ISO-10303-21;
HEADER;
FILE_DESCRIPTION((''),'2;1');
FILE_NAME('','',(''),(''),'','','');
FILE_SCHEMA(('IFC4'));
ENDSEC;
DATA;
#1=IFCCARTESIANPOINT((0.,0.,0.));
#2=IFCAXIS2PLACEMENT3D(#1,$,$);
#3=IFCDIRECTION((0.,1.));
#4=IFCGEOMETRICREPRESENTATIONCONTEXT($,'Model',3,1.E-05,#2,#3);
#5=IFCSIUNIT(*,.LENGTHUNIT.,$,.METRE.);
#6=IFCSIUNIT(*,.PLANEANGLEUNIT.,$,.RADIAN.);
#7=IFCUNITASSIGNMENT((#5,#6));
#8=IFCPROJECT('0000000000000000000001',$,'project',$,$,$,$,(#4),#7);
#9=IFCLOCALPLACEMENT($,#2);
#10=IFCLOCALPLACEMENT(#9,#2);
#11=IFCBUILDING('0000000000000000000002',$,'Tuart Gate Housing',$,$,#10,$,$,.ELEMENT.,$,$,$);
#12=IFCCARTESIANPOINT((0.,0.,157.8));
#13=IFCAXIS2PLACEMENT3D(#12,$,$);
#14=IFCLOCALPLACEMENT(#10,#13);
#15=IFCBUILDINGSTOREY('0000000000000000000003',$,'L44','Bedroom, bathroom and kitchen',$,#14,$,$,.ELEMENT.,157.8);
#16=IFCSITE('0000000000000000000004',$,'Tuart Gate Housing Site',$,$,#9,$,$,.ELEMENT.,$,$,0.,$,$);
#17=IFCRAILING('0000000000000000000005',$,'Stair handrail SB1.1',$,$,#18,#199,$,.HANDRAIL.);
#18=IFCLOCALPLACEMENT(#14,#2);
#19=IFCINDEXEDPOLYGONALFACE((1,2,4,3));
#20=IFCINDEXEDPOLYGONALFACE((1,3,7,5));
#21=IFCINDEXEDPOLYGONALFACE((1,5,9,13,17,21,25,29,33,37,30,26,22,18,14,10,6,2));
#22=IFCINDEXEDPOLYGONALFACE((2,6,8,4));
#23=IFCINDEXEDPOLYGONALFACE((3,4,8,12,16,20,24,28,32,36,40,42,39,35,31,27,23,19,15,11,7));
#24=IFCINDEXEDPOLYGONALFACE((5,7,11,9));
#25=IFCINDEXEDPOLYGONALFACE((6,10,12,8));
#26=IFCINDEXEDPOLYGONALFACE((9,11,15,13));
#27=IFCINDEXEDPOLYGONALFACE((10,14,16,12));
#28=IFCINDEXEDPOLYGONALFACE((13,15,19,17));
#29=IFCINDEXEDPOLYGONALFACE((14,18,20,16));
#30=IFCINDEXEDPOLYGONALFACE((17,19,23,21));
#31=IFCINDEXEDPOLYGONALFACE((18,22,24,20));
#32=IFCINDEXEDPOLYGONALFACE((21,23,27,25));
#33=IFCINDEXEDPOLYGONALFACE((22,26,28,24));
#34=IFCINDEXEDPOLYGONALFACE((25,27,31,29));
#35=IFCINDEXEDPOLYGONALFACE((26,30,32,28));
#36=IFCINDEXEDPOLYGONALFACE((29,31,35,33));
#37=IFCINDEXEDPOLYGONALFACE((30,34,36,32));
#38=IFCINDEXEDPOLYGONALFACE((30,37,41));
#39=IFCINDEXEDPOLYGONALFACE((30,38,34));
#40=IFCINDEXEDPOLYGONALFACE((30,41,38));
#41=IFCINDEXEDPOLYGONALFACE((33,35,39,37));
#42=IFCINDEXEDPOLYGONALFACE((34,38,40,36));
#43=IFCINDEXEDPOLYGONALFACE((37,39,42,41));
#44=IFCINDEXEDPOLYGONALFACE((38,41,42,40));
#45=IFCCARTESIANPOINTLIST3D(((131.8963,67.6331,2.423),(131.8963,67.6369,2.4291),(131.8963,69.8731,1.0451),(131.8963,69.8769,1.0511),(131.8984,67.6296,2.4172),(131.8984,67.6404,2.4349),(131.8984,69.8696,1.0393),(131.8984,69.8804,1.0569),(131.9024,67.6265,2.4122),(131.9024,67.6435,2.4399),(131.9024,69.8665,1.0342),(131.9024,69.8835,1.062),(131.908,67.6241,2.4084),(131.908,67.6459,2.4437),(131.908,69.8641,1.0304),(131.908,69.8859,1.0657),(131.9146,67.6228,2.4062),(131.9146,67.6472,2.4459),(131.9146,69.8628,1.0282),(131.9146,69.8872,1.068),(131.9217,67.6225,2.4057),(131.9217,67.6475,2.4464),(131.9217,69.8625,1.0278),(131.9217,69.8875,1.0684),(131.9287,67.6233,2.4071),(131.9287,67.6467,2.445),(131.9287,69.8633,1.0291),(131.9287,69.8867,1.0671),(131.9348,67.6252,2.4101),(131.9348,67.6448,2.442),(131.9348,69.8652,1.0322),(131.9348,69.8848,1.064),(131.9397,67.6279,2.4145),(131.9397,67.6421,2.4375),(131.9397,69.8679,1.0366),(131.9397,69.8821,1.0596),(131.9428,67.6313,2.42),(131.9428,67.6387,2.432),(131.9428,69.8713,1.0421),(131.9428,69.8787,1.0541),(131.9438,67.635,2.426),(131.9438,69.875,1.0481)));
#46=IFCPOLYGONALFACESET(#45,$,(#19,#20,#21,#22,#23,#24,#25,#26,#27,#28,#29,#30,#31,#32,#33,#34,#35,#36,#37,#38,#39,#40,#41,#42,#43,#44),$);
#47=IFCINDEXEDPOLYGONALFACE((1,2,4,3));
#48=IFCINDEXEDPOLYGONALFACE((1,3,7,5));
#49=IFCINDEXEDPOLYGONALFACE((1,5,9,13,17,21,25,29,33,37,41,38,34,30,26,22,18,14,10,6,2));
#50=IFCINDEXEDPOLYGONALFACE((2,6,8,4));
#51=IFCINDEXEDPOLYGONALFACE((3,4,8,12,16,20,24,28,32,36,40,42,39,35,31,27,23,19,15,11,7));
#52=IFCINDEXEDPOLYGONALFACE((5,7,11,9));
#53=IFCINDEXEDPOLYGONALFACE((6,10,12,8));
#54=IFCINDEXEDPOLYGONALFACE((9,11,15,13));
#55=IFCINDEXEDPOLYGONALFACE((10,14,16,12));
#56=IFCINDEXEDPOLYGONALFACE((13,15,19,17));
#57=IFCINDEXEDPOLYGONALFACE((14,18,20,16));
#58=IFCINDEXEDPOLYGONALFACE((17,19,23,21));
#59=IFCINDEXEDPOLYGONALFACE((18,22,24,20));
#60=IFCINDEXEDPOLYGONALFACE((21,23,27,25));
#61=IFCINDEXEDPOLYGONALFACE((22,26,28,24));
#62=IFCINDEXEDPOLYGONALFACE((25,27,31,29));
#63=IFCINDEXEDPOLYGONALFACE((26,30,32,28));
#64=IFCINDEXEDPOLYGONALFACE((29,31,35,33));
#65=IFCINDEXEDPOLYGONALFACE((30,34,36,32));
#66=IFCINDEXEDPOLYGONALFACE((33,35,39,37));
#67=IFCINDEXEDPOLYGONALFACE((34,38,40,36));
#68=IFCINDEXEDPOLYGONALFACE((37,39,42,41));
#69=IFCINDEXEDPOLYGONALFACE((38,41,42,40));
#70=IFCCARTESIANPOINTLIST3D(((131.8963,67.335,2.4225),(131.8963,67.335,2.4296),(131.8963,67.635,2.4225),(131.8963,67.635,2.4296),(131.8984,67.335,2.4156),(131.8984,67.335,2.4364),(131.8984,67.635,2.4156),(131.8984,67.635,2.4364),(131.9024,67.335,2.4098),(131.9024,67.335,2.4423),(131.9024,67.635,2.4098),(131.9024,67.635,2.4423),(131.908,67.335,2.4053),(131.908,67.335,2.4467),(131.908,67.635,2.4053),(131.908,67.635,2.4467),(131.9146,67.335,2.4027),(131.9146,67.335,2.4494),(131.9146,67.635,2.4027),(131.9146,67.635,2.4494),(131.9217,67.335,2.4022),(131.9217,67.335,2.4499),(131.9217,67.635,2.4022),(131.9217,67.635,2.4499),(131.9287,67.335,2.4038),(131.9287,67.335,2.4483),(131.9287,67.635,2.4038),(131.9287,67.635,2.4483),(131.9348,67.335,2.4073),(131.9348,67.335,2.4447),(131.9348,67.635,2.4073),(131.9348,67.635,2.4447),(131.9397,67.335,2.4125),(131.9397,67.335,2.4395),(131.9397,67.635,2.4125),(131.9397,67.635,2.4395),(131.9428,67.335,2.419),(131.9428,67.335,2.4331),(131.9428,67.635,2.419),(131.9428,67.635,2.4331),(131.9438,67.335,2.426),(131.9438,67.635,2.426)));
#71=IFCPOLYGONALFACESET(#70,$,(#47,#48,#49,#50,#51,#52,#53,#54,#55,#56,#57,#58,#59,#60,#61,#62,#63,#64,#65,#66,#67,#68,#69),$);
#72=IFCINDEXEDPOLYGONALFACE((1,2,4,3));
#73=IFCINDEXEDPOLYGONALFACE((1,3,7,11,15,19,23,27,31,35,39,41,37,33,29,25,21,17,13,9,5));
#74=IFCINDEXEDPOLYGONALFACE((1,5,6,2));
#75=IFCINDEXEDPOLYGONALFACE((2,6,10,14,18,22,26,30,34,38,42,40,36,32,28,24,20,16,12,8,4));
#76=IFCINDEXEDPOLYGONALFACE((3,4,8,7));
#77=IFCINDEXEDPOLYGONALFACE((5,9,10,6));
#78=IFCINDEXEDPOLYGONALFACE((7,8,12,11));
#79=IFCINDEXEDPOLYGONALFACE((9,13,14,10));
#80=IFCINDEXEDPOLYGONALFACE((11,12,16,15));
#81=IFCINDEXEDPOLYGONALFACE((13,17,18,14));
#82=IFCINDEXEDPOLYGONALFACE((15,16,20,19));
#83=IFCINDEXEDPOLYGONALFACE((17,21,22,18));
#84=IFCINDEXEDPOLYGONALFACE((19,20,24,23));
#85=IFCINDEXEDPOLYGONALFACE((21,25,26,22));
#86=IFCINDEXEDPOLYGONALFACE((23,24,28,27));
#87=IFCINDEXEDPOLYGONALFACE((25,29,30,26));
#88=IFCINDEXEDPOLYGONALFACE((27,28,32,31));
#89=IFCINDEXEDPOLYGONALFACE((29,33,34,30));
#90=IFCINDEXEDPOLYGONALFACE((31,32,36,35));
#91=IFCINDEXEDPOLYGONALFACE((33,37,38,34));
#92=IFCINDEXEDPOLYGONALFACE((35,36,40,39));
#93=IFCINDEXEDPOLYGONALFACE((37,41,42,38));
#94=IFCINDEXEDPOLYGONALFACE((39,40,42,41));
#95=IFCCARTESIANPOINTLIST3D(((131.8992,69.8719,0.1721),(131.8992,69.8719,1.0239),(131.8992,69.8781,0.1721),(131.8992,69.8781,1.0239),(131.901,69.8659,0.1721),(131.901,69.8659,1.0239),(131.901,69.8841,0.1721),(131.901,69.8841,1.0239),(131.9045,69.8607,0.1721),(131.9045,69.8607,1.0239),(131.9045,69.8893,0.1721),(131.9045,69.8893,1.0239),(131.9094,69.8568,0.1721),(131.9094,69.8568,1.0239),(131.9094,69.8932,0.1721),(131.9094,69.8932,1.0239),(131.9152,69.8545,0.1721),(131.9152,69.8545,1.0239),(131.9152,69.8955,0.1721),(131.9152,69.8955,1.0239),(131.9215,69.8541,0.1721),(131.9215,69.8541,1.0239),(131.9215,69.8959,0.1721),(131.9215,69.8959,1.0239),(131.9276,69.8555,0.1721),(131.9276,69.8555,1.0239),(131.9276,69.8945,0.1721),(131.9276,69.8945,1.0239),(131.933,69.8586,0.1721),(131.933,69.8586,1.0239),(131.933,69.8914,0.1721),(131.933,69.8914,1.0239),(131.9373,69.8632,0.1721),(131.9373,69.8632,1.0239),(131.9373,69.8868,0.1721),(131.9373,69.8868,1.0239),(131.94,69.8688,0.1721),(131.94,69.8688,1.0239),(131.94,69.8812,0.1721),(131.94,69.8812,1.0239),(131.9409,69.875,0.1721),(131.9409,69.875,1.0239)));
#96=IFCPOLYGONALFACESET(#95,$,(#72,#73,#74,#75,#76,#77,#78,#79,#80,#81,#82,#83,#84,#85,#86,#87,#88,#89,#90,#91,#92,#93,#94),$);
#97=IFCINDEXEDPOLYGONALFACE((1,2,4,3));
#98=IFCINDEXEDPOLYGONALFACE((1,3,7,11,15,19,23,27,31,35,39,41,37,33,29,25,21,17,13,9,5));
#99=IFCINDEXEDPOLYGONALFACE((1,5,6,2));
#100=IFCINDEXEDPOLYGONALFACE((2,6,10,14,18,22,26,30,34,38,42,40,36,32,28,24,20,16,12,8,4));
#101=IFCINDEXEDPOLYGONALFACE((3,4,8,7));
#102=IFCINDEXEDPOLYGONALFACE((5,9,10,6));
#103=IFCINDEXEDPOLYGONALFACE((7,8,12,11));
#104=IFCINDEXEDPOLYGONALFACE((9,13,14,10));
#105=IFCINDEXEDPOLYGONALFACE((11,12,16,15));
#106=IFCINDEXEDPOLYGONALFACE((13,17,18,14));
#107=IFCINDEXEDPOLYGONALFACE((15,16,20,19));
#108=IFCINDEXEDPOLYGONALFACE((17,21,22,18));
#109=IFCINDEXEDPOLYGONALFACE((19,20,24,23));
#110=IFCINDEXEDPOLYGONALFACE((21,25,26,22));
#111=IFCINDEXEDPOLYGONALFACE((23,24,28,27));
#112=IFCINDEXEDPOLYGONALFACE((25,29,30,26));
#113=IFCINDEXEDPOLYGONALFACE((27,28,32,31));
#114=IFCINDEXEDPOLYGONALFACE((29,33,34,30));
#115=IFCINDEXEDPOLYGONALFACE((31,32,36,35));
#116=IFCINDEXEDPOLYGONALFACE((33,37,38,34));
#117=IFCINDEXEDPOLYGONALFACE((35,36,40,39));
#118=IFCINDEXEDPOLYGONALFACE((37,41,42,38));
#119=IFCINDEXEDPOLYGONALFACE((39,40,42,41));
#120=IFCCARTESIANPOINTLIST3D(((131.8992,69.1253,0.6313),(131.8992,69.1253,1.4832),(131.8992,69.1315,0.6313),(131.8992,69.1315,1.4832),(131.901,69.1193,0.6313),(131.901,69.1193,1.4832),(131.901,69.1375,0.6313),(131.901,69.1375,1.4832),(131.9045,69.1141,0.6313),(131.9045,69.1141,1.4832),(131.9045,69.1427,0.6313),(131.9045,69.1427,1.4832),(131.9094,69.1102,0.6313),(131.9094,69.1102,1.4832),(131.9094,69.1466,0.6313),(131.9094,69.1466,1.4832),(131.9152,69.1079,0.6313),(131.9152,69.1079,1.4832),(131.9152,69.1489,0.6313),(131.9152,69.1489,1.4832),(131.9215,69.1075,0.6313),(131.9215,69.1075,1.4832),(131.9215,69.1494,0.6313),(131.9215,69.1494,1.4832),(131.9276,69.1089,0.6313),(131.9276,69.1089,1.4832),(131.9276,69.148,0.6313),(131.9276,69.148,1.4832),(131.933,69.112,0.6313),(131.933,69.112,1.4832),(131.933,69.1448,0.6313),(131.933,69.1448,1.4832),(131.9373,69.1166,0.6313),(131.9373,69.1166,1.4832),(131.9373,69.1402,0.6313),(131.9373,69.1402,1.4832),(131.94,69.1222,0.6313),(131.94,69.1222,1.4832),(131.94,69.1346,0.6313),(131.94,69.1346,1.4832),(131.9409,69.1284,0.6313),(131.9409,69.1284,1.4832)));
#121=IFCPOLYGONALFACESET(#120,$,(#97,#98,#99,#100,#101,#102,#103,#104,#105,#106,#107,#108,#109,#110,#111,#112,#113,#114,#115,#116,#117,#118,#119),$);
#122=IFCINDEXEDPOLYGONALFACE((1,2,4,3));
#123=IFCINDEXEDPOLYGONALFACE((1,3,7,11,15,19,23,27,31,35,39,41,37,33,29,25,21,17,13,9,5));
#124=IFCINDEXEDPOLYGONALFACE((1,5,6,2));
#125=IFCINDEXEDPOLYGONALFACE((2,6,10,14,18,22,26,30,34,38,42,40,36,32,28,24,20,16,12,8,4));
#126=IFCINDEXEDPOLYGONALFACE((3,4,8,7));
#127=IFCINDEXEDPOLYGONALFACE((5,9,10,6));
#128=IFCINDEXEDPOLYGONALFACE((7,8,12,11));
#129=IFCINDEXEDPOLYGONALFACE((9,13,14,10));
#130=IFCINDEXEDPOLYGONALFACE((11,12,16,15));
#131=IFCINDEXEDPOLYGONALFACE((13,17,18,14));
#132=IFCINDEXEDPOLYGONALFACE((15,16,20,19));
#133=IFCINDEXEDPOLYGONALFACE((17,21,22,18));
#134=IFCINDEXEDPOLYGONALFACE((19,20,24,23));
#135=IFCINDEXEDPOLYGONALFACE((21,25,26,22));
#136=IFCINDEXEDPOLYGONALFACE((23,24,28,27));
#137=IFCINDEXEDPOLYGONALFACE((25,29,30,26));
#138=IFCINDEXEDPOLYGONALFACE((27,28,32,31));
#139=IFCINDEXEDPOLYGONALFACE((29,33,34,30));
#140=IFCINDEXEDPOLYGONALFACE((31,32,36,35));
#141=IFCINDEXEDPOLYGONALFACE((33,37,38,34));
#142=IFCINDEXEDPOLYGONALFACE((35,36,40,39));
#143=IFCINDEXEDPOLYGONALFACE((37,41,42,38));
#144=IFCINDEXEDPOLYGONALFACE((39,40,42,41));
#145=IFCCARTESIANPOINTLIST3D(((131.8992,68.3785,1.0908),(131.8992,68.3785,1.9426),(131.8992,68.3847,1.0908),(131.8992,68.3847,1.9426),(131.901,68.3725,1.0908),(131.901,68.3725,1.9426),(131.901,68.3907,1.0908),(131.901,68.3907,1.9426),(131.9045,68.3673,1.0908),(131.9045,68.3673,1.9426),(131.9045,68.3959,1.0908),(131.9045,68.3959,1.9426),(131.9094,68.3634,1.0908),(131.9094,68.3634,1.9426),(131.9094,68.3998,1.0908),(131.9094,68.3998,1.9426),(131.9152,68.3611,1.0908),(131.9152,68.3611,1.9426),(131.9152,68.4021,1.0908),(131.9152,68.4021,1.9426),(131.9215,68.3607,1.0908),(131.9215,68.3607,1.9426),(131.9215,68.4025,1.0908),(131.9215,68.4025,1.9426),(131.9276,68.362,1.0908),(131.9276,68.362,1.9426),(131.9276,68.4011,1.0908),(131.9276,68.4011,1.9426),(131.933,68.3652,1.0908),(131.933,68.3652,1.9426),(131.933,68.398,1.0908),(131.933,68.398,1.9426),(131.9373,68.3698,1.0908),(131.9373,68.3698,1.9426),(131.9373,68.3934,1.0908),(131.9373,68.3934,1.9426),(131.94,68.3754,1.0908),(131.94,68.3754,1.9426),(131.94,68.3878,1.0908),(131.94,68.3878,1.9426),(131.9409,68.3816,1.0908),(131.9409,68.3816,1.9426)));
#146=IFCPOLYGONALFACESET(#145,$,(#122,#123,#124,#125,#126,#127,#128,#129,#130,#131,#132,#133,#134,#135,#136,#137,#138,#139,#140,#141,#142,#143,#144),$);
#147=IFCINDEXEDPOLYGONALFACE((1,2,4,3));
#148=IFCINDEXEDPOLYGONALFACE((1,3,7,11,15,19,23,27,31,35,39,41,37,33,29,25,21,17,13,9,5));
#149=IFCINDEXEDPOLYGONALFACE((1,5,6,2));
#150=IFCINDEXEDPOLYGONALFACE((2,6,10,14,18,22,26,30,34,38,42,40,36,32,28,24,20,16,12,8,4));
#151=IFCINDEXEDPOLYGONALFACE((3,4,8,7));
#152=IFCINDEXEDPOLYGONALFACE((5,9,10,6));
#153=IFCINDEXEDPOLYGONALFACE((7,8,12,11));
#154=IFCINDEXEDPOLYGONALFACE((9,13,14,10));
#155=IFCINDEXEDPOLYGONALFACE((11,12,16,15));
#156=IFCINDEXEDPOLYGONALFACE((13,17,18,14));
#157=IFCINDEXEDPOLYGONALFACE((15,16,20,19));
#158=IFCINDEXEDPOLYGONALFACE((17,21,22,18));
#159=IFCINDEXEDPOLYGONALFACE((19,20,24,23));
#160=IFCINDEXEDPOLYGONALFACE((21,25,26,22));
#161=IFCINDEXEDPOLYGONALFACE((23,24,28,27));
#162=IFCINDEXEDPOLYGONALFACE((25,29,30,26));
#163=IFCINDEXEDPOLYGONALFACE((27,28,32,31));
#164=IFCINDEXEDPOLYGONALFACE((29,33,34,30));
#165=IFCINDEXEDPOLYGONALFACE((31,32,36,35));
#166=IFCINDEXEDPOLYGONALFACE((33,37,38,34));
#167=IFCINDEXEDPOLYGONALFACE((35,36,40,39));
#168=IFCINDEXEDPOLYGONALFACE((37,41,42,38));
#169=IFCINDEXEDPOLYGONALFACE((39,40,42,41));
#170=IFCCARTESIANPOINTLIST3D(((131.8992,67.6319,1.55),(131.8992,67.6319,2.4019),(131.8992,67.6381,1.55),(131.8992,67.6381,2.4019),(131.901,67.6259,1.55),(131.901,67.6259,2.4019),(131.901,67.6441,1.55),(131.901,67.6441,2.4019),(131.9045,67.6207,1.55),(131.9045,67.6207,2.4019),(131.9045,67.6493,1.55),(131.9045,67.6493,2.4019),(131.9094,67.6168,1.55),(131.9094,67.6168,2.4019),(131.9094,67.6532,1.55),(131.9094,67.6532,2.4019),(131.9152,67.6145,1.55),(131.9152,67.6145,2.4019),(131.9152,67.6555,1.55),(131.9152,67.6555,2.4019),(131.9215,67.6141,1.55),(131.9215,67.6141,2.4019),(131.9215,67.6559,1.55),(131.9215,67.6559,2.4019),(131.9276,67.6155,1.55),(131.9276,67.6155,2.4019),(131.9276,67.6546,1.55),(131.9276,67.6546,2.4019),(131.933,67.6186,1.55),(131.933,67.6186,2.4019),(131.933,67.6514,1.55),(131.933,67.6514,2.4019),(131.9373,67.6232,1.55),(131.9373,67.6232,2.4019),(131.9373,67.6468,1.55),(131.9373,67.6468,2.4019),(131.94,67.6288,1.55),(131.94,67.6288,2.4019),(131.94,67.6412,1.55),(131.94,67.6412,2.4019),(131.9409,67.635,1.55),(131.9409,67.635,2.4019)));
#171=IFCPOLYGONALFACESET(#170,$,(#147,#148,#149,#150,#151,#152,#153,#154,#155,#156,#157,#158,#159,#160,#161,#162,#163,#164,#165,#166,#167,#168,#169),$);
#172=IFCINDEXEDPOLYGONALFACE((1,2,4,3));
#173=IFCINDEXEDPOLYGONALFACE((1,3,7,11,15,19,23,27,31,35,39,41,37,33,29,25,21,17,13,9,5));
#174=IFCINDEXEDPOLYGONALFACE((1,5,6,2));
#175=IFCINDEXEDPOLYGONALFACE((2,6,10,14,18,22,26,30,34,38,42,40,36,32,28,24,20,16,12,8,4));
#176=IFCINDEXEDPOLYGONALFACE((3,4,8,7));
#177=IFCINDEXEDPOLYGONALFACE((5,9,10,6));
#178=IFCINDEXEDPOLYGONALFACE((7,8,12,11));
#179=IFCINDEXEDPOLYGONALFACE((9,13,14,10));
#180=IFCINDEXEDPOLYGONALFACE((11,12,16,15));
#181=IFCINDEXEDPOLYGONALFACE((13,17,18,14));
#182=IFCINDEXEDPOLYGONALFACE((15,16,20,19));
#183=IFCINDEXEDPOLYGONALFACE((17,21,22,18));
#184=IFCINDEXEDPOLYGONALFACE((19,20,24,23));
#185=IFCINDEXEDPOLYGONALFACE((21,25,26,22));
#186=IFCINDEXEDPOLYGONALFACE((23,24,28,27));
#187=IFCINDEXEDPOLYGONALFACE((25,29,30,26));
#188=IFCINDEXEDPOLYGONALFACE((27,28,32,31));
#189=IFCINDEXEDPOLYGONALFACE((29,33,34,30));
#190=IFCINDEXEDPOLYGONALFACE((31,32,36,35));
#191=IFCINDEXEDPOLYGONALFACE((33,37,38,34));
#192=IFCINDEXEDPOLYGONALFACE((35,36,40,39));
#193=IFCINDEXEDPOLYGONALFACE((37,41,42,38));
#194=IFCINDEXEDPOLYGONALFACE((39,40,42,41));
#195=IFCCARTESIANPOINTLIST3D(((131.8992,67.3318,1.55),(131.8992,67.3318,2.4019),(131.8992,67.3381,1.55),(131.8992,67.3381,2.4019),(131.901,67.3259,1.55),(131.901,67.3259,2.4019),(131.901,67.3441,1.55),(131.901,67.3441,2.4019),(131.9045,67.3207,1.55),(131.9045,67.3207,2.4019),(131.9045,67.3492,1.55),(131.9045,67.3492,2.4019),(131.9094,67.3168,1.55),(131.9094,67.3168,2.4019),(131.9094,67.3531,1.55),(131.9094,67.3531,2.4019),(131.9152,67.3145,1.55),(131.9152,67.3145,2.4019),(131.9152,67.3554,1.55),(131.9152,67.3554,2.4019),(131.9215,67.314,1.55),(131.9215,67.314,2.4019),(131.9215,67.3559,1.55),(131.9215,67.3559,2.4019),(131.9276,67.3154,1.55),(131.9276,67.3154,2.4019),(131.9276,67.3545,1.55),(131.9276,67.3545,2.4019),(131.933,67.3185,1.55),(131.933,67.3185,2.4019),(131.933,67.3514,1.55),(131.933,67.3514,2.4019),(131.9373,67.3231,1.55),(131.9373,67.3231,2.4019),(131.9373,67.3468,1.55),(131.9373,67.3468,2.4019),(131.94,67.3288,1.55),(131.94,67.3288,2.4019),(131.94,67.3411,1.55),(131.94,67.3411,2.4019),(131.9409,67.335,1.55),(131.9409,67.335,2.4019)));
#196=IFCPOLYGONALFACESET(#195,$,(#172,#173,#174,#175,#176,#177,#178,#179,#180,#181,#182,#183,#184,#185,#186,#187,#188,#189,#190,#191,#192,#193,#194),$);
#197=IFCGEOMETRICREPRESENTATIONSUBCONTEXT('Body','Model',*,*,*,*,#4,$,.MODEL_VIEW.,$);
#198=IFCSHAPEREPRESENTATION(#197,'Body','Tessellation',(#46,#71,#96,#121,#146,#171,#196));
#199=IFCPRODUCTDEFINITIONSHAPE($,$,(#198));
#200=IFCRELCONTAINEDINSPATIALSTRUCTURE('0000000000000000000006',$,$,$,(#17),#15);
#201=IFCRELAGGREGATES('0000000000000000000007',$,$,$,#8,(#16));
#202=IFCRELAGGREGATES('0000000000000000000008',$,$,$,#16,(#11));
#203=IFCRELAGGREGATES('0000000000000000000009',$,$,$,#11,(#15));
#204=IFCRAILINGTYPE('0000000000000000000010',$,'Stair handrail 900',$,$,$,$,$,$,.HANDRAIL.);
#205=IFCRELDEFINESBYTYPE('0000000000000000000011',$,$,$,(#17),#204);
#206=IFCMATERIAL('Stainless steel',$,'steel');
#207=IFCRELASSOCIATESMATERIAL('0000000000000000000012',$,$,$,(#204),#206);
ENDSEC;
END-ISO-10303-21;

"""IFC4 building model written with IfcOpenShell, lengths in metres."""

from ifc_helpers import new_model, si_unit, direction, frame, origin, origin_2d, place, context, subcontext, project, spatial, circle, extrude, material, type_object, element, save


model = new_model("IFC4")

# Units and contexts
model_context = context("Model", 3, precision=1e-05, world=origin(), true_north=direction((0.0, 1.0)))
body_context = subcontext(model_context, "Body", "Model", "MODEL_VIEW")
ifc_project = project(units=[si_unit("LENGTHUNIT", "METRE"), si_unit("PLANEANGLEUNIT", "RADIAN")], contexts=[model_context])

# Site, building, storey
site_placement = place(None, origin())
site = spatial("IfcSite", under=ifc_project, at=site_placement, Name="Tuart Gate Housing Site", CompositionType="ELEMENT", RefElevation=0.0)
building_placement = place(site_placement, origin())
building = spatial("IfcBuilding", under=site, at=building_placement, Name="Tuart Gate Housing", CompositionType="ELEMENT")
storey_placement = place(building_placement, frame((0.0, 0.0, 157.8)))
storey = spatial("IfcBuildingStorey", under=building, at=storey_placement, Name="L44", Description="Bedroom, bathroom and kitchen", CompositionType="ELEMENT", Elevation=157.8)

# Railing
ifc_material_1 = material(Name="Stainless steel", Category="steel")
railing_type = type_object("IfcRailingType", Name="Stair handrail 900", PredefinedType="HANDRAIL", material=ifc_material_1)
railing_placement = place(storey_placement, frame((131.9199, 69.875, 0.1721)))
element("IfcRailing", 1, at=railing_placement, inside=storey, type_object=railing_type, Name="Stair handrail SB1.1", PredefinedType="HANDRAIL", context=body_context, shape_type="SweptSolid", body=[
    extrude(circle(Radius=0.0239, at=origin_2d()), frame((0.0, 0.0, 0.876), z_axis=(0.0, -0.851748, 0.523952), x_axis=(1.0, 0.0, 0.0)), (0.0, 0.0, 1.0), 2.6299),
    extrude(circle(Radius=0.0239, at=origin_2d()), frame((0.0, -2.24, 2.2539), z_axis=(0.0, -1.0, 0.0), x_axis=(1.0, 0.0, 0.0)), (0.0, 0.0, 1.0), 0.3),
    extrude(circle(Radius=0.021, at=origin_2d()), origin(), (0.0, 0.0, 1.0), 0.8518),
    extrude(circle(Radius=0.021, at=origin_2d()), frame((0.0, -0.7466, 0.4592)), (0.0, 0.0, 1.0), 0.8518),
    extrude(circle(Radius=0.021, at=origin_2d()), frame((0.0, -1.4934, 0.9187)), (0.0, 0.0, 1.0), 0.8518),
    extrude(circle(Radius=0.021, at=origin_2d()), frame((0.0, -2.24, 1.3779)), (0.0, 0.0, 1.0), 0.8518),
    extrude(circle(Radius=0.021, at=origin_2d()), frame((0.0, -2.54, 1.3779)), (0.0, 0.0, 1.0), 0.8518),
])

save(model, "model.ifc")
